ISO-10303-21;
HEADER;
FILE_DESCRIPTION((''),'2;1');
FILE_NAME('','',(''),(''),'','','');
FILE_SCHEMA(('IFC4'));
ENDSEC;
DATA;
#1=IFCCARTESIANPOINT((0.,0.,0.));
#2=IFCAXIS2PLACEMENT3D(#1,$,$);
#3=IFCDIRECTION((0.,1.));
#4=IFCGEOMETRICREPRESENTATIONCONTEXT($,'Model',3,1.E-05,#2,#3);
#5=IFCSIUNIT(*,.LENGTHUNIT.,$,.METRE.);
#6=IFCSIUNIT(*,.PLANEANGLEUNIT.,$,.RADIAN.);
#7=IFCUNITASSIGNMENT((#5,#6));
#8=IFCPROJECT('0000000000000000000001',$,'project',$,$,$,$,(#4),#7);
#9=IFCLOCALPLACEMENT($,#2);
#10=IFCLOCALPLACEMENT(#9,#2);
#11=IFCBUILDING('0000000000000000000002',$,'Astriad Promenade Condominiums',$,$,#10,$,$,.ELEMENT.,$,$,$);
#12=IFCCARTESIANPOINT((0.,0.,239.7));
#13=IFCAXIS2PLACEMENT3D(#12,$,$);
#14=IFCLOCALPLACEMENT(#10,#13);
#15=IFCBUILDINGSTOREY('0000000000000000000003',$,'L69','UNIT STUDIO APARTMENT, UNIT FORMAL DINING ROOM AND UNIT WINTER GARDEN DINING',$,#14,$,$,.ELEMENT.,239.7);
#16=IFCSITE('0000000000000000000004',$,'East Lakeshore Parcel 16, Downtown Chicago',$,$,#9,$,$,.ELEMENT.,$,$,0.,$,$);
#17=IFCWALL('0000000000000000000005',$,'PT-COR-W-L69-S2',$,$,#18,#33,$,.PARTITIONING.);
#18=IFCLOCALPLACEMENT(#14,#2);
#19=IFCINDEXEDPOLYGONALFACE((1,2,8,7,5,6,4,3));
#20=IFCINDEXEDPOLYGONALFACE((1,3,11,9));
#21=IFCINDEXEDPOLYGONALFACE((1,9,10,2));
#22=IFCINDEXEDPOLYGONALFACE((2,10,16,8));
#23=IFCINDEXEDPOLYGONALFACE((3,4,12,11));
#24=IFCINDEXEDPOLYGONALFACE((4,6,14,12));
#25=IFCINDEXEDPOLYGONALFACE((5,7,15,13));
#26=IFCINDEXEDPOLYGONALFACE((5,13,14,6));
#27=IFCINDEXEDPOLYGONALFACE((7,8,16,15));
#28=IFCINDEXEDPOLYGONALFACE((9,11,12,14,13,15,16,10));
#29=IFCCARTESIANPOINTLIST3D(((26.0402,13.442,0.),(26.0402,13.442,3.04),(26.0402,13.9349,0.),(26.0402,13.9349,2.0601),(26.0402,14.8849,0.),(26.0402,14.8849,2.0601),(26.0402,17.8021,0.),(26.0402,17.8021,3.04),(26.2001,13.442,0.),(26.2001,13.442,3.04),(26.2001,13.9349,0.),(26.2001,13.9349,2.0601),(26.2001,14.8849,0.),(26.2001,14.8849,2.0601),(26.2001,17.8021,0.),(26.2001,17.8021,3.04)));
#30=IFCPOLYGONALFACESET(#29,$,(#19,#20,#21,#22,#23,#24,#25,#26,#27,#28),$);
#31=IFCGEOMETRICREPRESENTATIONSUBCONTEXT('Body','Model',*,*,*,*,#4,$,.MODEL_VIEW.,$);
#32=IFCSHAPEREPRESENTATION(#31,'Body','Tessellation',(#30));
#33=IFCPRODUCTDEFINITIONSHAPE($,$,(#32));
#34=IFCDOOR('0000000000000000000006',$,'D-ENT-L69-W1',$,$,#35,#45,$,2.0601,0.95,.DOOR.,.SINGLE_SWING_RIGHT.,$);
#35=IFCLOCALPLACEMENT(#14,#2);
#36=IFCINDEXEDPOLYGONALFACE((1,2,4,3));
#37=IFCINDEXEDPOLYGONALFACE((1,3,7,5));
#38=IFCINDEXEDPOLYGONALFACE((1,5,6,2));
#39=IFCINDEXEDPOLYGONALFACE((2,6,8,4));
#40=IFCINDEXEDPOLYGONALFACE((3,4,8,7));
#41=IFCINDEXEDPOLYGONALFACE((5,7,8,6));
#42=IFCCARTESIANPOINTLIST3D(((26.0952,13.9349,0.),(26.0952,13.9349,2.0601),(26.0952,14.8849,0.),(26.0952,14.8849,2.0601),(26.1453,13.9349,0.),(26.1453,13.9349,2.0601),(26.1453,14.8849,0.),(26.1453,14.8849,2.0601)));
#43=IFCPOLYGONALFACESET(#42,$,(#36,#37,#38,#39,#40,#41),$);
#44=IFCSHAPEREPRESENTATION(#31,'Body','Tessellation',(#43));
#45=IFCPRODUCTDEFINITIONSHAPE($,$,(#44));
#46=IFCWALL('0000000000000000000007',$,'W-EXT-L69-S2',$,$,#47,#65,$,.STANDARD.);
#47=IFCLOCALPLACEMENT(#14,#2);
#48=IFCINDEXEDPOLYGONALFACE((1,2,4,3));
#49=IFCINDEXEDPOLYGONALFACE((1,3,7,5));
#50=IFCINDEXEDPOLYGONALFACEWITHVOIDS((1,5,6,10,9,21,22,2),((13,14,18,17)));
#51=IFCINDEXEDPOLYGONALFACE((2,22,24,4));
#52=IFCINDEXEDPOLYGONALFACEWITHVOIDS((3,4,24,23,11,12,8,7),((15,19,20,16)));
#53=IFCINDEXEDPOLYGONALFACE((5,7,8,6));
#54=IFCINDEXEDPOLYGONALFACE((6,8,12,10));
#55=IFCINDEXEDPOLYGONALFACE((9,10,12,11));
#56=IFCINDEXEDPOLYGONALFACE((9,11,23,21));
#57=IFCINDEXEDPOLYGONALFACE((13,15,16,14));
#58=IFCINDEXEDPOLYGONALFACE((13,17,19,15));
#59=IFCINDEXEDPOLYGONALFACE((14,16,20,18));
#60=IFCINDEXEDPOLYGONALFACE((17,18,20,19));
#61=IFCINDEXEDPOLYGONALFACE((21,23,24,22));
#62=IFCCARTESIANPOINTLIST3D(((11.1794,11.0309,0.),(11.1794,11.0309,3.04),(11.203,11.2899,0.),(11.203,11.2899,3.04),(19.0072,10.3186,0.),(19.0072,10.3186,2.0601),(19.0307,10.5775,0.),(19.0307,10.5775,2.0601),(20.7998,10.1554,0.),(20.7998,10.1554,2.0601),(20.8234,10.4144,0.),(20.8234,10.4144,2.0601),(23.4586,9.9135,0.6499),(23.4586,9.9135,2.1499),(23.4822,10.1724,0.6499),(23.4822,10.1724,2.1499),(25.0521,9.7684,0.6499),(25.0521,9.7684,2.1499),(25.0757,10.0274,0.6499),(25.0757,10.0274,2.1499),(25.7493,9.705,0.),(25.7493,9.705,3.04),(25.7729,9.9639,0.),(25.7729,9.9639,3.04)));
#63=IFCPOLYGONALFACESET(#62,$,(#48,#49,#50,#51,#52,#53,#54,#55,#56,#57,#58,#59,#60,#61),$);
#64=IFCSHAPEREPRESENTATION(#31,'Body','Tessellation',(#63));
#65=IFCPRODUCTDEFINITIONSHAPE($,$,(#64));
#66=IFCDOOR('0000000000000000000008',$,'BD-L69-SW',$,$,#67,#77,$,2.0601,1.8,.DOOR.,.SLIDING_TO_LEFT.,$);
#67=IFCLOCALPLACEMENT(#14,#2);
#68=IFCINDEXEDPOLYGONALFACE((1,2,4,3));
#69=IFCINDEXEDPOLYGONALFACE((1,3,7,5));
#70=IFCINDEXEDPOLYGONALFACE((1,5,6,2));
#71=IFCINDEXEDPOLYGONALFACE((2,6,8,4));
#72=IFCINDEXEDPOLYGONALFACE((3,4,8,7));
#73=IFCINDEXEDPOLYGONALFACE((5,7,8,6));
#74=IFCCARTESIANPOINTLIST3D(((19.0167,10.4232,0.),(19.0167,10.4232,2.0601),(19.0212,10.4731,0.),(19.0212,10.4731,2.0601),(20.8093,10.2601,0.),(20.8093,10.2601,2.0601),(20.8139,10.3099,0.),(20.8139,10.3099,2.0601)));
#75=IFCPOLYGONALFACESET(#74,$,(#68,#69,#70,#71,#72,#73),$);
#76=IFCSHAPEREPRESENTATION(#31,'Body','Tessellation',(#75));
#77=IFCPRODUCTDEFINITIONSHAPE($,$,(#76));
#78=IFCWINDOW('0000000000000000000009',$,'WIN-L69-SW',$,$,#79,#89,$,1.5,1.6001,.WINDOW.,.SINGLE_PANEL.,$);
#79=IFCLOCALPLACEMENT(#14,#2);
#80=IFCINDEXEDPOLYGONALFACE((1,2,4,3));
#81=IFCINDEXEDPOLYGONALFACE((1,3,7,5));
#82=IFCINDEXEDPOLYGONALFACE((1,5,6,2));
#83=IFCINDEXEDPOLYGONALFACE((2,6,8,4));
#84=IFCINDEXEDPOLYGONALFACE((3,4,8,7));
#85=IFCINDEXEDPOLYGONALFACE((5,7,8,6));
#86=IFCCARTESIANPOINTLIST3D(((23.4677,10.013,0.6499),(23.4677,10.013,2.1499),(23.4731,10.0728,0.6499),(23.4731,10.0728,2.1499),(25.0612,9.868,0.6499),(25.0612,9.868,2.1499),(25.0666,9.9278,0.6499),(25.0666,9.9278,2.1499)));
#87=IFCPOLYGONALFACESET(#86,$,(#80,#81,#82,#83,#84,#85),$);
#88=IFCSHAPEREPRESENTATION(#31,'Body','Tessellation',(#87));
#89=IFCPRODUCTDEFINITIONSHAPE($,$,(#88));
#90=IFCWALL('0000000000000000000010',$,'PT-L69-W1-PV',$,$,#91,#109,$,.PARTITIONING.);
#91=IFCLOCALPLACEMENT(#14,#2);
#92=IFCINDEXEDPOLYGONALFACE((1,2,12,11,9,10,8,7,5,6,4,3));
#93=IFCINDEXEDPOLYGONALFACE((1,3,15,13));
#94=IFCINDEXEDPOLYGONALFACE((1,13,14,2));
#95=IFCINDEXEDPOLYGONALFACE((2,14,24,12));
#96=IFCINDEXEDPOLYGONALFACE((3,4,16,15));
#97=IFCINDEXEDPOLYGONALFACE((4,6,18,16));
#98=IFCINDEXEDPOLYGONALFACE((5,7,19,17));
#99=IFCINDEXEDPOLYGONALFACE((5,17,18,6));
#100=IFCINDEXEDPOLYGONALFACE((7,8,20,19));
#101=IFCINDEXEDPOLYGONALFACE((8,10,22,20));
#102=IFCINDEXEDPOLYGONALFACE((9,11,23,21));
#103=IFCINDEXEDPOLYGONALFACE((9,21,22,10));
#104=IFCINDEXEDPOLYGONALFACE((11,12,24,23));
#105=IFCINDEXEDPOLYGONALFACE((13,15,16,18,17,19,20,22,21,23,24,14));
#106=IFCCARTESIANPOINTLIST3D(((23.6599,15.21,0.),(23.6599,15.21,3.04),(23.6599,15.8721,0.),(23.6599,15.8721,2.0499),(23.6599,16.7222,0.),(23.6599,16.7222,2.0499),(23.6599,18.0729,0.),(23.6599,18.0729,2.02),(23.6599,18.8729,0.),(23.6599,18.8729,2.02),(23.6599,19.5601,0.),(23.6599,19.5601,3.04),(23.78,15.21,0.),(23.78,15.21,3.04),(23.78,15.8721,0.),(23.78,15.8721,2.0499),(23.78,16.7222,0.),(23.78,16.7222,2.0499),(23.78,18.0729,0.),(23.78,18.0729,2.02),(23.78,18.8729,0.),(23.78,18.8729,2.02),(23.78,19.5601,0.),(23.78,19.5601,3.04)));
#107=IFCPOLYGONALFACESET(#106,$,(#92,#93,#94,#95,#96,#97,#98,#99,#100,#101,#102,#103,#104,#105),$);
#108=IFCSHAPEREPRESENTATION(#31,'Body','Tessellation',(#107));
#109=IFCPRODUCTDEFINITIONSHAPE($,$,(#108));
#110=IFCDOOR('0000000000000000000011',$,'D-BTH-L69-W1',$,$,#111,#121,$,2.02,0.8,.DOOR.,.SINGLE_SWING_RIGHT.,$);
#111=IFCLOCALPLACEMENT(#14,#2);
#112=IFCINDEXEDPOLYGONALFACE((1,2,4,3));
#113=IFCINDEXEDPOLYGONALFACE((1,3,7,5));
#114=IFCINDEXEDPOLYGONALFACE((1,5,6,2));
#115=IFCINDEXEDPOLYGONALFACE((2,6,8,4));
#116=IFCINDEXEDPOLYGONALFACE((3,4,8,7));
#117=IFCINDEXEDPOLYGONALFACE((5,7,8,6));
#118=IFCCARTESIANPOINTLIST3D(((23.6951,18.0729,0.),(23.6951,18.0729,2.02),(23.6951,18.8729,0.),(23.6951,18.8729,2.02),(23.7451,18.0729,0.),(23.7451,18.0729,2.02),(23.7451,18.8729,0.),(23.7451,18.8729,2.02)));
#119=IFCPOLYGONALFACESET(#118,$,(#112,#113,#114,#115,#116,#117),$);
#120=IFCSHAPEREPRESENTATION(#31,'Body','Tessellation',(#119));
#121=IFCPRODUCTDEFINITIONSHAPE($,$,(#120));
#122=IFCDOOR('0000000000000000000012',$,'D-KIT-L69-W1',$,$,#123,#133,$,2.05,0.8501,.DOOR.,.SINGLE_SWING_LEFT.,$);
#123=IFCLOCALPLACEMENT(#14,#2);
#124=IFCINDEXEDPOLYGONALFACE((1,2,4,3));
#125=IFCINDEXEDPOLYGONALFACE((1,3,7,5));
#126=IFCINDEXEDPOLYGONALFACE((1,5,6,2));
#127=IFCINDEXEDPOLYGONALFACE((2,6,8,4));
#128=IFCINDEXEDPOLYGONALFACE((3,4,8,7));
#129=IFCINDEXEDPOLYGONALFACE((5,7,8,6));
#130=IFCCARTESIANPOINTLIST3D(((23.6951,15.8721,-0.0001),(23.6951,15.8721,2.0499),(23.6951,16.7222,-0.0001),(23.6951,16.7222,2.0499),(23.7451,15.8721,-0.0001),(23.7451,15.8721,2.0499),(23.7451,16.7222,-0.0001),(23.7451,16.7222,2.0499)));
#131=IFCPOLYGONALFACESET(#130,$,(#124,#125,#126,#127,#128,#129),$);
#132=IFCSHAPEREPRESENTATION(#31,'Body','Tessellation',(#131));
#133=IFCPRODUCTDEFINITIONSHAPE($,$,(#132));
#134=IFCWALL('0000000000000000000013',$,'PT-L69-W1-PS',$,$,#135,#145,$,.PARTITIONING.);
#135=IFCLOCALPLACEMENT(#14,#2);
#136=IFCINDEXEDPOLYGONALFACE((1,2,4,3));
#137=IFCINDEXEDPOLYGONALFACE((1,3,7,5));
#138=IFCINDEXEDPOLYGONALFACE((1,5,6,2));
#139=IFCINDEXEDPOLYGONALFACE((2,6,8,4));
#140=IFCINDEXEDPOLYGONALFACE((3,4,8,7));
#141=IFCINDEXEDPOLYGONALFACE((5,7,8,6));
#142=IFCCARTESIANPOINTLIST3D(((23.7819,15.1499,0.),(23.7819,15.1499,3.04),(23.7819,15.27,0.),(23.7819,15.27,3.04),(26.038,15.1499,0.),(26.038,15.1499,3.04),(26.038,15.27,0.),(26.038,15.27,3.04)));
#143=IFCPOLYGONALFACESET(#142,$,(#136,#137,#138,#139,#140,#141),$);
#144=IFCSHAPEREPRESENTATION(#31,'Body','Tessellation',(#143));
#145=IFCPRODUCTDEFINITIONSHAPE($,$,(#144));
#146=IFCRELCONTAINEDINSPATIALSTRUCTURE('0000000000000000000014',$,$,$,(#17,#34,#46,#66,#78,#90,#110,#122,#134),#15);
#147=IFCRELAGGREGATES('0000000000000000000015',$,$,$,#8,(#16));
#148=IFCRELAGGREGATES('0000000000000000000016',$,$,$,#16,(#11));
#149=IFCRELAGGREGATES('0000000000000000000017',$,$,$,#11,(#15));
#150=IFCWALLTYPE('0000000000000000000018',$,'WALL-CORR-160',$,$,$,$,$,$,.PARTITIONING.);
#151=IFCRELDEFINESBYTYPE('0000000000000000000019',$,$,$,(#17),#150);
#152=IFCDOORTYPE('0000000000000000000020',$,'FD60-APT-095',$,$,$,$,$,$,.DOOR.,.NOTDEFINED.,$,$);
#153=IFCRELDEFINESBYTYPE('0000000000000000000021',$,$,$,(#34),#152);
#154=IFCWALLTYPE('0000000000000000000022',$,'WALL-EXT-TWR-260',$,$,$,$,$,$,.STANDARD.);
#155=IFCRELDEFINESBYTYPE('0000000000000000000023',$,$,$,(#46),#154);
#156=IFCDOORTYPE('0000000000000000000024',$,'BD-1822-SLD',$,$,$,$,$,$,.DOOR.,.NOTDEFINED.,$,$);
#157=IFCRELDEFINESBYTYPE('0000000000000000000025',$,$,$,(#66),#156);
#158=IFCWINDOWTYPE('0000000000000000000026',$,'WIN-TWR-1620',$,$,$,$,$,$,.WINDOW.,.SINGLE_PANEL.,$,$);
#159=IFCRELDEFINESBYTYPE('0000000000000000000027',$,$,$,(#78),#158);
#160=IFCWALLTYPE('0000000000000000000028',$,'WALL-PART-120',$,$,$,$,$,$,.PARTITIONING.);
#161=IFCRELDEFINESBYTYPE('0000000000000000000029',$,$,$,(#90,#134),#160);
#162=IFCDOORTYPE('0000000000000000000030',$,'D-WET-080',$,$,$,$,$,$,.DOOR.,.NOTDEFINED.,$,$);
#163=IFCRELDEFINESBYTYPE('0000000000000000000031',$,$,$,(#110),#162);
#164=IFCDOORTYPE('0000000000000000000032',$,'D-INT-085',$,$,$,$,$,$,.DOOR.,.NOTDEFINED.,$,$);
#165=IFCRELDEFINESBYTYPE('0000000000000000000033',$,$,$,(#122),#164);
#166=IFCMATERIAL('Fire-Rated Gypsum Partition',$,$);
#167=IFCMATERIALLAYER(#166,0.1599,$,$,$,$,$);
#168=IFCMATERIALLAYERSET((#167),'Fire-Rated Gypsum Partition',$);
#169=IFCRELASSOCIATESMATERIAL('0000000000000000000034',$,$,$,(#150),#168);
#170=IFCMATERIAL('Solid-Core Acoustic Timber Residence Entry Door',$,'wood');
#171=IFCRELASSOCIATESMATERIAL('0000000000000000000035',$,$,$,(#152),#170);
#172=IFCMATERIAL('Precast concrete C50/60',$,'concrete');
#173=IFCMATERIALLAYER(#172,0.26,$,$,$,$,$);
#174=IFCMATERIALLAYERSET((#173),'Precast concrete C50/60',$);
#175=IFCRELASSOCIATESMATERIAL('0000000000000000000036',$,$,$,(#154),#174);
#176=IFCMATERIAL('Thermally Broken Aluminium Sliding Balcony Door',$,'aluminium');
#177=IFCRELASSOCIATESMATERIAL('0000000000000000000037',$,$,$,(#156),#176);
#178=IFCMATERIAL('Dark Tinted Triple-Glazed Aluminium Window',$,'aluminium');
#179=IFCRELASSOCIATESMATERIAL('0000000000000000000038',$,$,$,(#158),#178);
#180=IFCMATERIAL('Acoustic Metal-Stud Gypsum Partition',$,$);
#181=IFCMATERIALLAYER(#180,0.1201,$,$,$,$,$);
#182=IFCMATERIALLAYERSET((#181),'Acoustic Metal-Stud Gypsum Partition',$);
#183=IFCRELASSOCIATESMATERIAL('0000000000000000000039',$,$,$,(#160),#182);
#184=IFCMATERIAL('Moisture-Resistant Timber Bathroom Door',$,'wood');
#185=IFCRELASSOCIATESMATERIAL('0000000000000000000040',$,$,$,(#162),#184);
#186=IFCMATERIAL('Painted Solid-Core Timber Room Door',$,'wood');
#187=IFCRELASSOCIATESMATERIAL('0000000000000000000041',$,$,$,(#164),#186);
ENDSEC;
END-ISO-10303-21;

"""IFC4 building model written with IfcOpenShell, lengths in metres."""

from ifc_helpers import new_model, si_unit, direction, frame, frame_2d, origin, place, context, subcontext, project, spatial, rectangle, extrude, source, transform, mapped, material, layer, layer_set, type_object, type_shapes, element, fill, save


model = new_model("IFC4")

# Units and contexts
model_context = context("Model", 3, precision=1e-05, world=origin(), true_north=direction((0.0, 1.0)))
body_context = subcontext(model_context, "Body", "Model", "MODEL_VIEW")
ifc_project = project(units=[si_unit("LENGTHUNIT", "METRE"), si_unit("PLANEANGLEUNIT", "RADIAN")], contexts=[model_context])

# Site, building, storey
site_placement = place(None, origin())
site = spatial("IfcSite", under=ifc_project, at=site_placement, Name="East Lakeshore Parcel 16, Downtown Chicago", CompositionType="ELEMENT", RefElevation=0.0)
building_placement = place(site_placement, origin())
building = spatial("IfcBuilding", under=site, at=building_placement, Name="Astriad Promenade Condominiums", CompositionType="ELEMENT")
storey_placement = place(building_placement, frame((0.0, 0.0, 239.7)))
storey = spatial("IfcBuildingStorey", under=building, at=storey_placement, Name="L69", Description="UNIT STUDIO APARTMENT, UNIT FORMAL DINING ROOM AND UNIT WINTER GARDEN DINING", CompositionType="ELEMENT", Elevation=239.7)

# Shared definitions
ifc_material_1 = material(Name="Fire-Rated Gypsum Partition")
ifc_layer_1 = layer(ifc_material_1, 0.1599)
ifc_layer_set_1 = layer_set([ifc_layer_1], Name="Fire-Rated Gypsum Partition")
wall_type_1 = type_object("IfcWallType", Name="WALL-CORR-160", PredefinedType="PARTITIONING", material=ifc_layer_set_1)
ifc_material_2 = material(Name="Solid-Core Acoustic Timber Residence Entry Door", Category="wood")
door_type_1 = type_object("IfcDoorType", Name="FD60-APT-095", OperationType="NOTDEFINED", PredefinedType="DOOR", material=ifc_material_2)
shared_shape_1 = source(origin(), body_context, "Body", "SweptSolid", [
    extrude(rectangle(XDim=0.95, YDim=2.0601, at=frame_2d((0.4751, 1.03))), frame((0.0, 0.0249, 0.0), z_axis=(0.0, -1.0, 0.0), x_axis=(1.0, 0.0, 0.0)), (0.0, 0.0, 1.0), 0.05),
])
type_shapes(door_type_1, [shared_shape_1])

# Wall, opening, door
wall_1_placement = place(storey_placement, frame((26.1201, 13.4419, 0.0), z_axis=(0.0, 0.0, 1.0), x_axis=(0.0, 1.0, 0.0)))
wall_1 = element("IfcWall", 1, at=wall_1_placement, inside=storey, type_object=wall_type_1, Name="PT-COR-W-L69-S2", PredefinedType="PARTITIONING", context=body_context, shape_type="SweptSolid", body=[
    extrude(rectangle(XDim=4.3601, YDim=0.1599, at=frame_2d((2.1802, 0.0))), origin(), (0.0, 0.0, 1.0), 3.04),
])
opening_1_placement = place(wall_1_placement, frame((0.4929, 0.0, 0.0)))
opening_1 = element("IfcOpeningElement", 2, at=opening_1_placement, cuts=wall_1, PredefinedType="OPENING", context=body_context, shape_type="SweptSolid", body=[
    extrude(rectangle(XDim=0.95, YDim=2.0601, at=frame_2d((0.4751, 1.03))), frame((0.0, 0.0898, 0.0), z_axis=(0.0, -1.0, 0.0), x_axis=(1.0, 0.0, 0.0)), (0.0, 0.0, 1.0), 0.1799),
])
door_1_placement = place(opening_1_placement, origin())
door_1 = element("IfcDoor", 3, at=door_1_placement, inside=storey, type_object=door_type_1, Name="D-ENT-L69-W1", OperationType="SINGLE_SWING_RIGHT", OverallHeight=2.0601, OverallWidth=0.95, PredefinedType="DOOR", context=body_context, shape_type="MappedRepresentation", body=[
    mapped(shared_shape_1, transform((0.0, 0.0, 0.0), scale=1.0)),
])
fill(opening_1, door_1)

# Wall, openings, door, window
ifc_material_3 = material(Name="Precast concrete C50/60", Category="concrete")
ifc_layer_2 = layer(ifc_material_3, 0.26)
ifc_layer_set_2 = layer_set([ifc_layer_2], Name="Precast concrete C50/60")
wall_type_2 = type_object("IfcWallType", Name="WALL-EXT-TWR-260", PredefinedType="STANDARD", material=ifc_layer_set_2)
wall_2_placement = place(storey_placement, frame((25.761, 9.8345, 0.0), z_axis=(0.0, 0.0, 1.0), x_axis=(-0.995885, 0.090631, 0.0)))
wall_2 = element("IfcWall", 4, at=wall_2_placement, inside=storey, type_object=wall_type_2, Name="W-EXT-L69-S2", PredefinedType="STANDARD", context=body_context, shape_type="SweptSolid", body=[
    extrude(rectangle(XDim=14.6301, YDim=0.26, at=frame_2d((7.3149, 0.0))), origin(), (0.0, 0.0, 1.0), 3.04),
])
opening_2_placement = place(wall_2_placement, frame((4.97, 0.0, 0.0)))
opening_2 = element("IfcOpeningElement", 5, at=opening_2_placement, cuts=wall_2, PredefinedType="OPENING", context=body_context, shape_type="SweptSolid", body=[
    extrude(rectangle(XDim=1.8, YDim=2.0601, at=frame_2d((0.8999, 1.03))), frame((0.0, 0.1399, 0.0), z_axis=(0.0, -1.0, 0.0), x_axis=(1.0, 0.0, 0.0)), (0.0, 0.0, 1.0), 0.28),
])
opening_3_placement = place(wall_2_placement, frame((0.7, 0.0, 0.6499)))
opening_3 = element("IfcOpeningElement", 6, at=opening_3_placement, cuts=wall_2, PredefinedType="OPENING", context=body_context, shape_type="SweptSolid", body=[
    extrude(rectangle(XDim=1.6001, YDim=1.5, at=frame_2d((0.8, 0.75))), frame((0.0, 0.1399, 0.0), z_axis=(0.0, -1.0, 0.0), x_axis=(1.0, 0.0, 0.0)), (0.0, 0.0, 1.0), 0.28),
])
ifc_material_4 = material(Name="Thermally Broken Aluminium Sliding Balcony Door", Category="aluminium")
door_type_2 = type_object("IfcDoorType", Name="BD-1822-SLD", OperationType="NOTDEFINED", PredefinedType="DOOR", material=ifc_material_4)
shared_shape_2 = source(origin(), body_context, "Body", "SweptSolid", [
    extrude(rectangle(XDim=1.8, YDim=2.0601, at=frame_2d((0.8999, 1.03))), frame((0.0, 0.0249, 0.0), z_axis=(0.0, -1.0, 0.0), x_axis=(1.0, 0.0, 0.0)), (0.0, 0.0, 1.0), 0.05),
])
type_shapes(door_type_2, [shared_shape_2])
door_2_placement = place(opening_2_placement, origin())
door_2 = element("IfcDoor", 7, at=door_2_placement, inside=storey, type_object=door_type_2, Name="BD-L69-SW", OperationType="SLIDING_TO_LEFT", OverallHeight=2.0601, OverallWidth=1.8, PredefinedType="DOOR", context=body_context, shape_type="MappedRepresentation", body=[
    mapped(shared_shape_2, transform((0.0, 0.0, 0.0), scale=1.0)),
])
fill(opening_2, door_2)
ifc_material_5 = material(Name="Dark Tinted Triple-Glazed Aluminium Window", Category="aluminium")
window_type = type_object("IfcWindowType", Name="WIN-TWR-1620", PartitioningType="SINGLE_PANEL", PredefinedType="WINDOW", material=ifc_material_5)
shared_shape_3 = source(origin(), body_context, "Body", "SweptSolid", [
    extrude(rectangle(XDim=1.6001, YDim=1.5, at=frame_2d((0.8, 0.75))), frame((0.0, 0.03, 0.0), z_axis=(0.0, -1.0, 0.0), x_axis=(1.0, 0.0, 0.0)), (0.0, 0.0, 1.0), 0.0601),
])
type_shapes(window_type, [shared_shape_3])
window_placement = place(opening_3_placement, origin())
window = element("IfcWindow", 8, at=window_placement, inside=storey, type_object=window_type, Name="WIN-L69-SW", OverallHeight=1.5, OverallWidth=1.6001, PartitioningType="SINGLE_PANEL", PredefinedType="WINDOW", context=body_context, shape_type="MappedRepresentation", body=[
    mapped(shared_shape_3, transform((0.0, 0.0, 0.0), scale=1.0)),
])
fill(opening_3, window)

# Wall, openings, doors
ifc_material_6 = material(Name="Acoustic Metal-Stud Gypsum Partition")
ifc_layer_3 = layer(ifc_material_6, 0.1201)
ifc_layer_set_3 = layer_set([ifc_layer_3], Name="Acoustic Metal-Stud Gypsum Partition")
wall_type_3 = type_object("IfcWallType", Name="WALL-PART-120", PredefinedType="PARTITIONING", material=ifc_layer_set_3)
wall_3_placement = place(storey_placement, frame((23.72, 15.21, 0.0), z_axis=(0.0, 0.0, 1.0), x_axis=(0.0, 1.0, 0.0)))
wall_3 = element("IfcWall", 9, at=wall_3_placement, inside=storey, type_object=wall_type_3, Name="PT-L69-W1-PV", PredefinedType="PARTITIONING", context=body_context, shape_type="SweptSolid", body=[
    extrude(rectangle(XDim=4.3501, YDim=0.1201, at=frame_2d((2.175, 0.0))), origin(), (0.0, 0.0, 1.0), 3.04),
])
opening_4_placement = place(wall_3_placement, frame((0.6621, 0.0, 0.0)))
opening_4 = element("IfcOpeningElement", 10, at=opening_4_placement, cuts=wall_3, PredefinedType="OPENING", context=body_context, shape_type="SweptSolid", body=[
    extrude(rectangle(XDim=0.8501, YDim=2.05, at=frame_2d((0.425, 1.0249))), frame((0.0, 0.0701, 0.0), z_axis=(0.0, -1.0, 0.0), x_axis=(1.0, 0.0, 0.0)), (0.0, 0.0, 1.0), 0.1401),
])
opening_5_placement = place(wall_3_placement, frame((2.863, 0.0, 0.0)))
opening_5 = element("IfcOpeningElement", 11, at=opening_5_placement, cuts=wall_3, PredefinedType="OPENING", context=body_context, shape_type="SweptSolid", body=[
    extrude(rectangle(XDim=0.8, YDim=2.02, at=frame_2d((0.3999, 1.01))), frame((0.0, 0.0701, 0.0), z_axis=(0.0, -1.0, 0.0), x_axis=(1.0, 0.0, 0.0)), (0.0, 0.0, 1.0), 0.1401),
])
ifc_material_7 = material(Name="Moisture-Resistant Timber Bathroom Door", Category="wood")
door_type_3 = type_object("IfcDoorType", Name="D-WET-080", OperationType="NOTDEFINED", PredefinedType="DOOR", material=ifc_material_7)
shared_shape_4 = source(origin(), body_context, "Body", "SweptSolid", [
    extrude(rectangle(XDim=0.8, YDim=2.02, at=frame_2d((0.3999, 1.01))), frame((0.0, 0.0249, 0.0), z_axis=(0.0, -1.0, 0.0), x_axis=(1.0, 0.0, 0.0)), (0.0, 0.0, 1.0), 0.05),
])
type_shapes(door_type_3, [shared_shape_4])
door_3_placement = place(opening_5_placement, origin())
door_3 = element("IfcDoor", 12, at=door_3_placement, inside=storey, type_object=door_type_3, Name="D-BTH-L69-W1", OperationType="SINGLE_SWING_RIGHT", OverallHeight=2.02, OverallWidth=0.8, PredefinedType="DOOR", context=body_context, shape_type="MappedRepresentation", body=[
    mapped(shared_shape_4, transform((0.0, 0.0, 0.0), scale=1.0)),
])
fill(opening_5, door_3)
ifc_material_8 = material(Name="Painted Solid-Core Timber Room Door", Category="wood")
door_type_4 = type_object("IfcDoorType", Name="D-INT-085", OperationType="NOTDEFINED", PredefinedType="DOOR", material=ifc_material_8)
shared_shape_5 = source(origin(), body_context, "Body", "SweptSolid", [
    extrude(rectangle(XDim=0.8501, YDim=2.05, at=frame_2d((0.425, 1.0249))), frame((0.0, 0.0249, 0.0), z_axis=(0.0, -1.0, 0.0), x_axis=(1.0, 0.0, 0.0)), (0.0, 0.0, 1.0), 0.05),
])
type_shapes(door_type_4, [shared_shape_5])
door_4_placement = place(opening_4_placement, origin())
door_4 = element("IfcDoor", 13, at=door_4_placement, inside=storey, type_object=door_type_4, Name="D-KIT-L69-W1", OperationType="SINGLE_SWING_LEFT", OverallHeight=2.05, OverallWidth=0.8501, PredefinedType="DOOR", context=body_context, shape_type="MappedRepresentation", body=[
    mapped(shared_shape_5, transform((0.0, 0.0, 0.0), scale=1.0)),
])
fill(opening_4, door_4)

# Wall
wall_4_placement = place(storey_placement, frame((23.782, 15.21, 0.0), z_axis=(0.0, 0.0, 1.0), x_axis=(1.0, 0.0, 0.0)))
element("IfcWall", 14, at=wall_4_placement, inside=storey, type_object=wall_type_3, Name="PT-L69-W1-PS", PredefinedType="PARTITIONING", context=body_context, shape_type="SweptSolid", body=[
    extrude(rectangle(XDim=2.2561, YDim=0.1201, at=frame_2d((1.1279, 0.0))), origin(), (0.0, 0.0, 1.0), 3.04),
])

save(model, "model.ifc")
